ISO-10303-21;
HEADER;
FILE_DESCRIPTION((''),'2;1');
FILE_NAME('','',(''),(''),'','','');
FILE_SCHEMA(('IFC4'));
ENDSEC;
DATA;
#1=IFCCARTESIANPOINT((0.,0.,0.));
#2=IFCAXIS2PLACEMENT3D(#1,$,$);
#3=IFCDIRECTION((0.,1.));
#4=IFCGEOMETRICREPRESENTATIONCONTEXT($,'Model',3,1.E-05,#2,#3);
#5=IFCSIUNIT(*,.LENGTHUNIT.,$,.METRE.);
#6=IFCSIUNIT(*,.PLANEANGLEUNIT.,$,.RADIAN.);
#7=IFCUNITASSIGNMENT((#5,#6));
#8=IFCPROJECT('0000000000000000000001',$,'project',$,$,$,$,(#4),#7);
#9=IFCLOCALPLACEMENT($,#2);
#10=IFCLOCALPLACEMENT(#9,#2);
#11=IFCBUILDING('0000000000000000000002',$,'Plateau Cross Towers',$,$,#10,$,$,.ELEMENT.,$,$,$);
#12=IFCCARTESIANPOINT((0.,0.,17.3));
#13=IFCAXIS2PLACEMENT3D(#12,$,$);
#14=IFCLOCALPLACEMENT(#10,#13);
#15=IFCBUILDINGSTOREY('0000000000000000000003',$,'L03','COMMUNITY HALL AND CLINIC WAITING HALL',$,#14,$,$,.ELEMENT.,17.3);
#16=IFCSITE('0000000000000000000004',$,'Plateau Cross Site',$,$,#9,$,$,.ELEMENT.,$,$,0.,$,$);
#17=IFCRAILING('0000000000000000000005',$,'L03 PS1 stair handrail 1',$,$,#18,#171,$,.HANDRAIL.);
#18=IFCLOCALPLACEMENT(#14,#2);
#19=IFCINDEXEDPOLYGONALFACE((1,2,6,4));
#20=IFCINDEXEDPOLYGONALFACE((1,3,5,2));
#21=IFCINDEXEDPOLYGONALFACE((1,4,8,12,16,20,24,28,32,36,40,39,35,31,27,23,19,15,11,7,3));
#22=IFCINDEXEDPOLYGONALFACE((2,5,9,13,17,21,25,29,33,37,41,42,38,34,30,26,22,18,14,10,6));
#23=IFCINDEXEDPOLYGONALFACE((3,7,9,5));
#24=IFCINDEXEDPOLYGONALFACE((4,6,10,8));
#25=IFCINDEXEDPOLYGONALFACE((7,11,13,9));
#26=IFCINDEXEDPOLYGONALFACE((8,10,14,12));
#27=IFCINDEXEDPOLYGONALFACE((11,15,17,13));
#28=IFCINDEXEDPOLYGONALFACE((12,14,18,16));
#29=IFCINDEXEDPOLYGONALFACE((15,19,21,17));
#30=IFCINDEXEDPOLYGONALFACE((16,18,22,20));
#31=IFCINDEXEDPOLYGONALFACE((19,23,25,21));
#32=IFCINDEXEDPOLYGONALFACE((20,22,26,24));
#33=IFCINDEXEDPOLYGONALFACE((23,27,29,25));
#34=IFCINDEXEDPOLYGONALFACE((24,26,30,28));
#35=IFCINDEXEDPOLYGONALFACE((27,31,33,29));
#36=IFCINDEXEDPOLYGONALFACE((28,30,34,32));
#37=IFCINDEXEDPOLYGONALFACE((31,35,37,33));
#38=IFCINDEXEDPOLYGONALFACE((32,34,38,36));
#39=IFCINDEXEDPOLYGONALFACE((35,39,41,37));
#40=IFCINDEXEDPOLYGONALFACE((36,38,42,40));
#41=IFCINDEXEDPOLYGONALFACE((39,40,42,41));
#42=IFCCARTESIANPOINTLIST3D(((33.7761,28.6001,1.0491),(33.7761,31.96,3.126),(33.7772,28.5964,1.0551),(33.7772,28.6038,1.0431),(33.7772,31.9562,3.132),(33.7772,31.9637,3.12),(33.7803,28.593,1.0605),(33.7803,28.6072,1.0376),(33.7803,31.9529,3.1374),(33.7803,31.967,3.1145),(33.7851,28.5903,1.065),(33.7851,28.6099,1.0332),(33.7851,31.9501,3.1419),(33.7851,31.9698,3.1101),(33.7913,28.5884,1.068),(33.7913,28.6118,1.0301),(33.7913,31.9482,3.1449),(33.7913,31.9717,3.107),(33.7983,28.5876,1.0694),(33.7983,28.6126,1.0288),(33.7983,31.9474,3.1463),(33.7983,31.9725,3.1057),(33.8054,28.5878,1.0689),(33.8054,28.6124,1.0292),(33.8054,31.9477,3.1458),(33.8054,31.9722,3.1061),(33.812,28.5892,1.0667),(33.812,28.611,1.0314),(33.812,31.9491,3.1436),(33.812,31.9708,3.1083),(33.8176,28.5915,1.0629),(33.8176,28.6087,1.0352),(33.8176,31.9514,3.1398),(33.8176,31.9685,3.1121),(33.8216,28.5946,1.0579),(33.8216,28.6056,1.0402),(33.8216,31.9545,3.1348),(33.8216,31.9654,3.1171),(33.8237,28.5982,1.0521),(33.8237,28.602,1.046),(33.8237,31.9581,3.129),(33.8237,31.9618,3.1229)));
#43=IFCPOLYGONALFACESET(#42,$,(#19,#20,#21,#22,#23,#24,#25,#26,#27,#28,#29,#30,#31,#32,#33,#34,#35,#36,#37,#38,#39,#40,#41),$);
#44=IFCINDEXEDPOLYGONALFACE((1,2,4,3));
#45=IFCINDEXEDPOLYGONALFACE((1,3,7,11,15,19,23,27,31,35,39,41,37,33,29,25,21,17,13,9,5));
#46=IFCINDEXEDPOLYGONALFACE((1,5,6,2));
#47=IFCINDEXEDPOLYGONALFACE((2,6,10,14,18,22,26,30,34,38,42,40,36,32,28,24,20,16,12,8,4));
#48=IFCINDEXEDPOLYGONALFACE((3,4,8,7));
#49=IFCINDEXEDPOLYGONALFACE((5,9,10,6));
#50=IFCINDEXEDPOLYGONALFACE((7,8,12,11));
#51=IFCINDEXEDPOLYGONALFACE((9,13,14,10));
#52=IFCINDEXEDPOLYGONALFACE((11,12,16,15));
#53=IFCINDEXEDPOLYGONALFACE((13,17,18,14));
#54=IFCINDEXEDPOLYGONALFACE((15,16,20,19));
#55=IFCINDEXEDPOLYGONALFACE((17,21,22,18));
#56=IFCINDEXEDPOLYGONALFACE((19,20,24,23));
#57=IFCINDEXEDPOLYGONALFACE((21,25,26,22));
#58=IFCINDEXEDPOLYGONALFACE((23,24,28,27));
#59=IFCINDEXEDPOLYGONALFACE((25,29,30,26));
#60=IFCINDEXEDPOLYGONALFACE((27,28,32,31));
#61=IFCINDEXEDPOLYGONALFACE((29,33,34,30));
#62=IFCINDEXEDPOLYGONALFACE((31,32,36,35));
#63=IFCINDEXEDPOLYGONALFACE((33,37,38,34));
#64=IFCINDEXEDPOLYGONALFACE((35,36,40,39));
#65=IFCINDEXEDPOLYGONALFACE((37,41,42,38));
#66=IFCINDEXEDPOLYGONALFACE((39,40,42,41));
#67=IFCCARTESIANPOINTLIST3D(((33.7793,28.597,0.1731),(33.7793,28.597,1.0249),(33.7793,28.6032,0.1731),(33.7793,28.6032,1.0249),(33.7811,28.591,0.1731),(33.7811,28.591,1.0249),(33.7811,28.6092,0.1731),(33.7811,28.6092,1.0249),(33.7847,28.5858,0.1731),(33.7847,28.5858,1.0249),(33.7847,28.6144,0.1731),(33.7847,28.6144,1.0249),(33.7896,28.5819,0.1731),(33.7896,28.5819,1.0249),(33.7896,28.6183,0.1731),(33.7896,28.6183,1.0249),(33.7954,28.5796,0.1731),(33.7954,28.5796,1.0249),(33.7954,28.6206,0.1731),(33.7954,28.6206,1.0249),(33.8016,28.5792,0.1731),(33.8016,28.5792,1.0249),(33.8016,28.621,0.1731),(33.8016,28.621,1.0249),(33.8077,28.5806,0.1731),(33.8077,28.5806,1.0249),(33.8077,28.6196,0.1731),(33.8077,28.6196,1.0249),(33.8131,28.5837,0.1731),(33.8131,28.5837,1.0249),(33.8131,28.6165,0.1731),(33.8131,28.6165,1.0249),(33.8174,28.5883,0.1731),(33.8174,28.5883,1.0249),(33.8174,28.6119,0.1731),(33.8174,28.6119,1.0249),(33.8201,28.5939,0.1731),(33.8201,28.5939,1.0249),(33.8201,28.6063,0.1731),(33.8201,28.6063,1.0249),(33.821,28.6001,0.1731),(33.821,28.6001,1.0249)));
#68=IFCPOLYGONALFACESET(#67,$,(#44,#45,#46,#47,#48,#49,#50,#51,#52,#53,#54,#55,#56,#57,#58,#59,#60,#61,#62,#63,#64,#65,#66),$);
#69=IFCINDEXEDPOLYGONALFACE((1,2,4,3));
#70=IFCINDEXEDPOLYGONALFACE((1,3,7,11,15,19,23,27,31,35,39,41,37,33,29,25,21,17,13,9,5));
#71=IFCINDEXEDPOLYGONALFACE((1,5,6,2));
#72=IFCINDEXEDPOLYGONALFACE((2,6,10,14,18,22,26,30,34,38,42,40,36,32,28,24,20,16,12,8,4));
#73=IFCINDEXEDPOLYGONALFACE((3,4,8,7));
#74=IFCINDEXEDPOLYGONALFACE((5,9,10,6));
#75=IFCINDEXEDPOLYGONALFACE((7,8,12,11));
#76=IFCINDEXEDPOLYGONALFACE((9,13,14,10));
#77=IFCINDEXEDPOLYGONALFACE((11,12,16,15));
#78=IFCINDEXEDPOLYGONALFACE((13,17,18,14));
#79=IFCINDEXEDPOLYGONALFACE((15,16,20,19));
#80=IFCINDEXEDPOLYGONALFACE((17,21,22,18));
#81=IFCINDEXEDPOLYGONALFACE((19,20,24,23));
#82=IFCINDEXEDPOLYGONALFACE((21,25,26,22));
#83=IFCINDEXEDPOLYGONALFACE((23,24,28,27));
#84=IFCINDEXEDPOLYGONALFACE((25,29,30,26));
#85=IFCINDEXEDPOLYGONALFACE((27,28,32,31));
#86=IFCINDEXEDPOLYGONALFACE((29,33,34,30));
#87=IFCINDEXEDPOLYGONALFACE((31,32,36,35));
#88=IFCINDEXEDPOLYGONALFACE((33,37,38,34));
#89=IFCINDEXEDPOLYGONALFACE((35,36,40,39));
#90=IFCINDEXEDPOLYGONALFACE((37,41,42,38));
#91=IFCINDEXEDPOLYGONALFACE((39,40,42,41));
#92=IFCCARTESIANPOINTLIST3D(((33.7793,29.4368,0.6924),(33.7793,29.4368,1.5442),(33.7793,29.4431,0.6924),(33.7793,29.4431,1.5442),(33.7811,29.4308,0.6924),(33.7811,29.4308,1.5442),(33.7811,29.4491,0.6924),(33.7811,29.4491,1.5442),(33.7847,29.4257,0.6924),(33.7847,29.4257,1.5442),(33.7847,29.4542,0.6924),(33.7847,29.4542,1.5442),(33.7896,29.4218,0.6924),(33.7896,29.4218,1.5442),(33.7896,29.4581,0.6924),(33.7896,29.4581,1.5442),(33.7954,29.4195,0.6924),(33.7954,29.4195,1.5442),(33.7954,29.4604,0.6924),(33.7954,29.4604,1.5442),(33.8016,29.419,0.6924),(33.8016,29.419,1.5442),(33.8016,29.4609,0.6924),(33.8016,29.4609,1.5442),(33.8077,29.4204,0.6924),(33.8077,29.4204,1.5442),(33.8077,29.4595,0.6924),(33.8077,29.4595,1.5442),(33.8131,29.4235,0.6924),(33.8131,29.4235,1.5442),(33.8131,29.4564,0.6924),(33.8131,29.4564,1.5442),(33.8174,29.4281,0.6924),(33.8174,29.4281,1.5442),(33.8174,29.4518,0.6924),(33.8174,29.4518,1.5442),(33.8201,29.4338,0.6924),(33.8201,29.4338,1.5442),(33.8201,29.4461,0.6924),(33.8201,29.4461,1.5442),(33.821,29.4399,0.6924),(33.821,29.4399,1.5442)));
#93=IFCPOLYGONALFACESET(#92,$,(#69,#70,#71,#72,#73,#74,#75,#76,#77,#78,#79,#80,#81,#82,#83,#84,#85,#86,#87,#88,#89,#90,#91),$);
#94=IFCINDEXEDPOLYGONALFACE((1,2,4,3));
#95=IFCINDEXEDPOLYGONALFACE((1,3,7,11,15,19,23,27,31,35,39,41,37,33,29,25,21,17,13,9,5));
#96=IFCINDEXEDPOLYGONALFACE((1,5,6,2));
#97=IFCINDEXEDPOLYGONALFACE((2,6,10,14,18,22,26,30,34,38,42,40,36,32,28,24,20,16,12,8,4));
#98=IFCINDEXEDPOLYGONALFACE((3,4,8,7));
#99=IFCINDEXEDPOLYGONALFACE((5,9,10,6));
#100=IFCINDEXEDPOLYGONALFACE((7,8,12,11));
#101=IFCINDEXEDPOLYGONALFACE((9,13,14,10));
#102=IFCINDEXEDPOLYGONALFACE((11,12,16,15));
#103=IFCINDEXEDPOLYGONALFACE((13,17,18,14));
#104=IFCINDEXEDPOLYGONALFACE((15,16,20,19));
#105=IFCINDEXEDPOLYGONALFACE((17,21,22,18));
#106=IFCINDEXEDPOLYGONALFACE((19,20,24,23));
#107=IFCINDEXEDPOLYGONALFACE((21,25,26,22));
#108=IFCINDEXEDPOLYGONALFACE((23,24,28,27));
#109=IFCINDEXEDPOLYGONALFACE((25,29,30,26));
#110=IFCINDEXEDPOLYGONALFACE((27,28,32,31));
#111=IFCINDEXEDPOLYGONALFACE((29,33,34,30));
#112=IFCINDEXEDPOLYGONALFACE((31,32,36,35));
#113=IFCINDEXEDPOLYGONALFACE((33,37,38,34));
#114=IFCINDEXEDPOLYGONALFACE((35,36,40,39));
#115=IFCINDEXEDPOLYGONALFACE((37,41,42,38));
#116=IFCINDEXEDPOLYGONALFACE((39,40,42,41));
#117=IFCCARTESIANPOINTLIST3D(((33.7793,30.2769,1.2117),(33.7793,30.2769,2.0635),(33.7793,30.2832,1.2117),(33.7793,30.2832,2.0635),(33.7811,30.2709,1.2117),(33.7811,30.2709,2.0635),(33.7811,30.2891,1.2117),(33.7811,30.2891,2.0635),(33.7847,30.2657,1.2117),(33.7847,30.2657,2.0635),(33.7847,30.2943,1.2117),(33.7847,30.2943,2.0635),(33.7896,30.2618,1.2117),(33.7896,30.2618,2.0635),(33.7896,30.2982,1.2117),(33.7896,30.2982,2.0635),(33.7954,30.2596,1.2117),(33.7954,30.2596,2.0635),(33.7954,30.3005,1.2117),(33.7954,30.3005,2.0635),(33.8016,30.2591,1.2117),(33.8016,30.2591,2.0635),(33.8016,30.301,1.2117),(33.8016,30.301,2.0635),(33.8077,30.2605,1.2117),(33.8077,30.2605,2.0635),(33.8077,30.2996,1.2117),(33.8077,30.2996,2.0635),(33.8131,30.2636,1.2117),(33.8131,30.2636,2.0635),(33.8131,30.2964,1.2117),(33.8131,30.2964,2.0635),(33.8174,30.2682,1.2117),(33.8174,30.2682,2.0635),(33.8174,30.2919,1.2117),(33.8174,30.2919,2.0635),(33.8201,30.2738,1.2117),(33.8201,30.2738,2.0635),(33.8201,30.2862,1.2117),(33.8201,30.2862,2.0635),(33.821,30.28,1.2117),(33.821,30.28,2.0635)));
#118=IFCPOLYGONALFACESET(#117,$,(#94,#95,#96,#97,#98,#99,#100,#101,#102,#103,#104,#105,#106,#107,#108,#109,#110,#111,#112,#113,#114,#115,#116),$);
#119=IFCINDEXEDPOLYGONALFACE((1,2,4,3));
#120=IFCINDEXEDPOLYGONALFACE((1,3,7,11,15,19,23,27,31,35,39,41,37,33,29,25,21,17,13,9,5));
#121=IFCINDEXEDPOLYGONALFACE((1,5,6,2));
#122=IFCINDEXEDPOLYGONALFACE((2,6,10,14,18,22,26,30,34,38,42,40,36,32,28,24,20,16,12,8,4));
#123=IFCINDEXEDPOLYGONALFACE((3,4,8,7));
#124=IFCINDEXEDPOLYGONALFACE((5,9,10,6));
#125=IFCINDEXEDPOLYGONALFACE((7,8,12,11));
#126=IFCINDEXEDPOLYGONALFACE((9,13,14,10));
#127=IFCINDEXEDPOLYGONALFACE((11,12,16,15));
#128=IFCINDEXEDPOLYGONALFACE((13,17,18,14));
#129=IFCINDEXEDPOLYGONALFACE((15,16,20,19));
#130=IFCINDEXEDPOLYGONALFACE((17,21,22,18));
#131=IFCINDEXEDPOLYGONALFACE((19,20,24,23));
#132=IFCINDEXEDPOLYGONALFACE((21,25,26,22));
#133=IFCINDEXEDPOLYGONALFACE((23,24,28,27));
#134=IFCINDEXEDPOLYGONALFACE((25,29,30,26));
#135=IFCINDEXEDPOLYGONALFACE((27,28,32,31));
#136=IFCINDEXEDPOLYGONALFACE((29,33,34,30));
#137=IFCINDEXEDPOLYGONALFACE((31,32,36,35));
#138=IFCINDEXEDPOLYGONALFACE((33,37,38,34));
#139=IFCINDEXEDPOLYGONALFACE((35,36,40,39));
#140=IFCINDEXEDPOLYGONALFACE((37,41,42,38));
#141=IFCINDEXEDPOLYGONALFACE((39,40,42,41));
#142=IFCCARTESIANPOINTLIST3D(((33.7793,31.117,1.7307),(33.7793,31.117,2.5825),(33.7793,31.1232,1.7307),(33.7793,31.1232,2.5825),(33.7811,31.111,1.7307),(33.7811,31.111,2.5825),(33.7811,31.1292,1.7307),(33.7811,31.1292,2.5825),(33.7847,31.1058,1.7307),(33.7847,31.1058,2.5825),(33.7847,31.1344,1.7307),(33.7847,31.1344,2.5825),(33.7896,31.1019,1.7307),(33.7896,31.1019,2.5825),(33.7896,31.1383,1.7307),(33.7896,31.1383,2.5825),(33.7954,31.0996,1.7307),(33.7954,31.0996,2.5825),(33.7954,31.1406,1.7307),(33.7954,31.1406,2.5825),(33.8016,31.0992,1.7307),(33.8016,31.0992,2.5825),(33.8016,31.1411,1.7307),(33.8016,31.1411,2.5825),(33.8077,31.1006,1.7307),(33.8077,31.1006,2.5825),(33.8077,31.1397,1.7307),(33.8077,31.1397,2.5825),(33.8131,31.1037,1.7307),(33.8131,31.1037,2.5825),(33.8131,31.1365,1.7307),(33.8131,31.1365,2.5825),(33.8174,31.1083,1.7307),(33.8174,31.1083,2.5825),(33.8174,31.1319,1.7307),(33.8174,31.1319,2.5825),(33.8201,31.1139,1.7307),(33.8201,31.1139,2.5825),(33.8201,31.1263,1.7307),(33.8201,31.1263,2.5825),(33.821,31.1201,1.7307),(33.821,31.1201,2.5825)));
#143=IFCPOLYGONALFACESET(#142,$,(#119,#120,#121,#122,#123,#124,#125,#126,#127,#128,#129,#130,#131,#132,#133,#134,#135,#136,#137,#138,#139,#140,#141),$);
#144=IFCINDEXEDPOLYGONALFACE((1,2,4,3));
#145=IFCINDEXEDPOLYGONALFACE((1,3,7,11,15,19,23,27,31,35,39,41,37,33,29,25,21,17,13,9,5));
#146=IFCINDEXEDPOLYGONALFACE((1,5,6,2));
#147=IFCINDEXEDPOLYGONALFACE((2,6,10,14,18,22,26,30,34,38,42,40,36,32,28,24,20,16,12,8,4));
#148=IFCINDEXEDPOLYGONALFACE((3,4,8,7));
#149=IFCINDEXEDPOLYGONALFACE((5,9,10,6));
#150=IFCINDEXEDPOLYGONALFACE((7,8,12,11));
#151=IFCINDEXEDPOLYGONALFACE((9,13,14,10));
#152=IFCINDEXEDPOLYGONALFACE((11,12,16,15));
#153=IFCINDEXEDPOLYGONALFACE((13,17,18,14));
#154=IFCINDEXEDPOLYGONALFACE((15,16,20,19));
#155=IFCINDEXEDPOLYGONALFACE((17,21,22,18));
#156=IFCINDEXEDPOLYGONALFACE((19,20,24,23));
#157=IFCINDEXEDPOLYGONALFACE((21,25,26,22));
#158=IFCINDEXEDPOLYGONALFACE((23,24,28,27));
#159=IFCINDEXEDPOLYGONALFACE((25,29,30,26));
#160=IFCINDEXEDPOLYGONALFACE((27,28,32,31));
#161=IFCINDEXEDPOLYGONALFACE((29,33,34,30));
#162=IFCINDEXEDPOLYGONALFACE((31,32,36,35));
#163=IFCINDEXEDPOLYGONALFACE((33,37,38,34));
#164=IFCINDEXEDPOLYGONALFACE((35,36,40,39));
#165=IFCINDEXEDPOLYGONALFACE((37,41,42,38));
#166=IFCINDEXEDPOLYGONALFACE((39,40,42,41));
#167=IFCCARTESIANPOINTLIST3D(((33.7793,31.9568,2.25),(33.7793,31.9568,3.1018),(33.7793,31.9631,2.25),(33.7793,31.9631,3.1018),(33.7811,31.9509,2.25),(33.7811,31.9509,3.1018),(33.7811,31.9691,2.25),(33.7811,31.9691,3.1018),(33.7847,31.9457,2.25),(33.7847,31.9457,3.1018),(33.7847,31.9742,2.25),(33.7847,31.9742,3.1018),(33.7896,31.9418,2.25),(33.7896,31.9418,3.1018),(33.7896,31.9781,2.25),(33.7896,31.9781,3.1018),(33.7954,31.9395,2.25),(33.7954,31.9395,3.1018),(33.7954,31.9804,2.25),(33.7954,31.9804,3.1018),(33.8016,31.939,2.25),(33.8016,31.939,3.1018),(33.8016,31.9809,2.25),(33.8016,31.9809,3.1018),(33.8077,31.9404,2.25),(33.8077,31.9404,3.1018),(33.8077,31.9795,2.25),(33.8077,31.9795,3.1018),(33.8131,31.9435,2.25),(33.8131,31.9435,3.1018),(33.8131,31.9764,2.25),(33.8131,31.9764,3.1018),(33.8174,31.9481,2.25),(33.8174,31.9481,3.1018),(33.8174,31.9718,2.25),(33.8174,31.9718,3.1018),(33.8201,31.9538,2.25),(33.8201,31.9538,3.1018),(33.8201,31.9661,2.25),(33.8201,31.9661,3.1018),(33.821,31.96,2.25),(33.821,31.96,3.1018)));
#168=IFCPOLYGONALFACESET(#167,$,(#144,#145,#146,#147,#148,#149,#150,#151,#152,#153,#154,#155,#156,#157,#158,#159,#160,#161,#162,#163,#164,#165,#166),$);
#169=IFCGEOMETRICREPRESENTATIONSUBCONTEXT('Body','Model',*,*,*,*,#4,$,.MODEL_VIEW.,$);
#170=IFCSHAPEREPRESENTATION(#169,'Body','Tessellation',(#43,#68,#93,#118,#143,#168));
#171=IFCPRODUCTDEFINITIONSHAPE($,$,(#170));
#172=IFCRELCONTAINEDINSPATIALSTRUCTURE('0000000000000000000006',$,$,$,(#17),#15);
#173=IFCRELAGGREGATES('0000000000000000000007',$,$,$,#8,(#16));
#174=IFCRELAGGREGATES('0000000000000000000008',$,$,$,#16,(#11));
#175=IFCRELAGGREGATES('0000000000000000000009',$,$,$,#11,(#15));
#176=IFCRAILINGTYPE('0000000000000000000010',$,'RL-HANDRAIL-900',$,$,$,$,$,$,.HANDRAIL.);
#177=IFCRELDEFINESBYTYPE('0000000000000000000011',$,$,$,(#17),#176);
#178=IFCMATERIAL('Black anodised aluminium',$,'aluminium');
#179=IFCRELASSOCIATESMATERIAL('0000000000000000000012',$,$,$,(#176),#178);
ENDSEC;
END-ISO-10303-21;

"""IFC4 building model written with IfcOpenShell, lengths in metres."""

from ifc_helpers import new_model, si_unit, direction, frame, origin, origin_2d, place, context, subcontext, project, spatial, circle, extrude, material, type_object, element, save


model = new_model("IFC4")

# Units and contexts
model_context = context("Model", 3, precision=1e-05, world=origin(), true_north=direction((0.0, 1.0)))
body_context = subcontext(model_context, "Body", "Model", "MODEL_VIEW")
ifc_project = project(units=[si_unit("LENGTHUNIT", "METRE"), si_unit("PLANEANGLEUNIT", "RADIAN")], contexts=[model_context])

# Site, building, storey
site_placement = place(None, origin())
site = spatial("IfcSite", under=ifc_project, at=site_placement, Name="Plateau Cross Site", CompositionType="ELEMENT", RefElevation=0.0)
building_placement = place(site_placement, origin())
building = spatial("IfcBuilding", under=site, at=building_placement, Name="Plateau Cross Towers", CompositionType="ELEMENT")
storey_placement = place(building_placement, frame((0.0, 0.0, 17.3)))
storey = spatial("IfcBuildingStorey", under=building, at=storey_placement, Name="L03", Description="COMMUNITY HALL AND CLINIC WAITING HALL", CompositionType="ELEMENT", Elevation=17.3)

# Railing
ifc_material_1 = material(Name="Black anodised aluminium", Category="aluminium")
railing_type_1 = type_object("IfcRailingType", Name="RL-HANDRAIL-900", PredefinedType="HANDRAIL", material=ifc_material_1)
railing_1_placement = place(storey_placement, frame((33.8, 28.6001, 0.1731)))
element("IfcRailing", 1, at=railing_1_placement, inside=storey, type_object=railing_type_1, Name="L03 PS1 stair handrail 1", PredefinedType="HANDRAIL", context=body_context, shape_type="SweptSolid", body=[
    extrude(circle(Radius=0.0239, at=origin_2d()), frame((0.0, 0.0, 0.876), z_axis=(0.0, 0.850606, 0.525803), x_axis=(-1.0, 0.0, 0.0)), (0.0, 0.0, 1.0), 3.95),
    extrude(circle(Radius=0.021, at=origin_2d()), origin(), (0.0, 0.0, 1.0), 0.8518),
    extrude(circle(Radius=0.021, at=origin_2d()), frame((0.0, 0.8398, 0.5193)), (0.0, 0.0, 1.0), 0.8518),
    extrude(circle(Radius=0.021, at=origin_2d()), frame((0.0, 1.6799, 1.0386)), (0.0, 0.0, 1.0), 0.8518),
    extrude(circle(Radius=0.021, at=origin_2d()), frame((0.0, 2.52, 1.5576)), (0.0, 0.0, 1.0), 0.8518),
    extrude(circle(Radius=0.021, at=origin_2d()), frame((0.0, 3.3599, 2.0769)), (0.0, 0.0, 1.0), 0.8518),
])

save(model, "model.ifc")
